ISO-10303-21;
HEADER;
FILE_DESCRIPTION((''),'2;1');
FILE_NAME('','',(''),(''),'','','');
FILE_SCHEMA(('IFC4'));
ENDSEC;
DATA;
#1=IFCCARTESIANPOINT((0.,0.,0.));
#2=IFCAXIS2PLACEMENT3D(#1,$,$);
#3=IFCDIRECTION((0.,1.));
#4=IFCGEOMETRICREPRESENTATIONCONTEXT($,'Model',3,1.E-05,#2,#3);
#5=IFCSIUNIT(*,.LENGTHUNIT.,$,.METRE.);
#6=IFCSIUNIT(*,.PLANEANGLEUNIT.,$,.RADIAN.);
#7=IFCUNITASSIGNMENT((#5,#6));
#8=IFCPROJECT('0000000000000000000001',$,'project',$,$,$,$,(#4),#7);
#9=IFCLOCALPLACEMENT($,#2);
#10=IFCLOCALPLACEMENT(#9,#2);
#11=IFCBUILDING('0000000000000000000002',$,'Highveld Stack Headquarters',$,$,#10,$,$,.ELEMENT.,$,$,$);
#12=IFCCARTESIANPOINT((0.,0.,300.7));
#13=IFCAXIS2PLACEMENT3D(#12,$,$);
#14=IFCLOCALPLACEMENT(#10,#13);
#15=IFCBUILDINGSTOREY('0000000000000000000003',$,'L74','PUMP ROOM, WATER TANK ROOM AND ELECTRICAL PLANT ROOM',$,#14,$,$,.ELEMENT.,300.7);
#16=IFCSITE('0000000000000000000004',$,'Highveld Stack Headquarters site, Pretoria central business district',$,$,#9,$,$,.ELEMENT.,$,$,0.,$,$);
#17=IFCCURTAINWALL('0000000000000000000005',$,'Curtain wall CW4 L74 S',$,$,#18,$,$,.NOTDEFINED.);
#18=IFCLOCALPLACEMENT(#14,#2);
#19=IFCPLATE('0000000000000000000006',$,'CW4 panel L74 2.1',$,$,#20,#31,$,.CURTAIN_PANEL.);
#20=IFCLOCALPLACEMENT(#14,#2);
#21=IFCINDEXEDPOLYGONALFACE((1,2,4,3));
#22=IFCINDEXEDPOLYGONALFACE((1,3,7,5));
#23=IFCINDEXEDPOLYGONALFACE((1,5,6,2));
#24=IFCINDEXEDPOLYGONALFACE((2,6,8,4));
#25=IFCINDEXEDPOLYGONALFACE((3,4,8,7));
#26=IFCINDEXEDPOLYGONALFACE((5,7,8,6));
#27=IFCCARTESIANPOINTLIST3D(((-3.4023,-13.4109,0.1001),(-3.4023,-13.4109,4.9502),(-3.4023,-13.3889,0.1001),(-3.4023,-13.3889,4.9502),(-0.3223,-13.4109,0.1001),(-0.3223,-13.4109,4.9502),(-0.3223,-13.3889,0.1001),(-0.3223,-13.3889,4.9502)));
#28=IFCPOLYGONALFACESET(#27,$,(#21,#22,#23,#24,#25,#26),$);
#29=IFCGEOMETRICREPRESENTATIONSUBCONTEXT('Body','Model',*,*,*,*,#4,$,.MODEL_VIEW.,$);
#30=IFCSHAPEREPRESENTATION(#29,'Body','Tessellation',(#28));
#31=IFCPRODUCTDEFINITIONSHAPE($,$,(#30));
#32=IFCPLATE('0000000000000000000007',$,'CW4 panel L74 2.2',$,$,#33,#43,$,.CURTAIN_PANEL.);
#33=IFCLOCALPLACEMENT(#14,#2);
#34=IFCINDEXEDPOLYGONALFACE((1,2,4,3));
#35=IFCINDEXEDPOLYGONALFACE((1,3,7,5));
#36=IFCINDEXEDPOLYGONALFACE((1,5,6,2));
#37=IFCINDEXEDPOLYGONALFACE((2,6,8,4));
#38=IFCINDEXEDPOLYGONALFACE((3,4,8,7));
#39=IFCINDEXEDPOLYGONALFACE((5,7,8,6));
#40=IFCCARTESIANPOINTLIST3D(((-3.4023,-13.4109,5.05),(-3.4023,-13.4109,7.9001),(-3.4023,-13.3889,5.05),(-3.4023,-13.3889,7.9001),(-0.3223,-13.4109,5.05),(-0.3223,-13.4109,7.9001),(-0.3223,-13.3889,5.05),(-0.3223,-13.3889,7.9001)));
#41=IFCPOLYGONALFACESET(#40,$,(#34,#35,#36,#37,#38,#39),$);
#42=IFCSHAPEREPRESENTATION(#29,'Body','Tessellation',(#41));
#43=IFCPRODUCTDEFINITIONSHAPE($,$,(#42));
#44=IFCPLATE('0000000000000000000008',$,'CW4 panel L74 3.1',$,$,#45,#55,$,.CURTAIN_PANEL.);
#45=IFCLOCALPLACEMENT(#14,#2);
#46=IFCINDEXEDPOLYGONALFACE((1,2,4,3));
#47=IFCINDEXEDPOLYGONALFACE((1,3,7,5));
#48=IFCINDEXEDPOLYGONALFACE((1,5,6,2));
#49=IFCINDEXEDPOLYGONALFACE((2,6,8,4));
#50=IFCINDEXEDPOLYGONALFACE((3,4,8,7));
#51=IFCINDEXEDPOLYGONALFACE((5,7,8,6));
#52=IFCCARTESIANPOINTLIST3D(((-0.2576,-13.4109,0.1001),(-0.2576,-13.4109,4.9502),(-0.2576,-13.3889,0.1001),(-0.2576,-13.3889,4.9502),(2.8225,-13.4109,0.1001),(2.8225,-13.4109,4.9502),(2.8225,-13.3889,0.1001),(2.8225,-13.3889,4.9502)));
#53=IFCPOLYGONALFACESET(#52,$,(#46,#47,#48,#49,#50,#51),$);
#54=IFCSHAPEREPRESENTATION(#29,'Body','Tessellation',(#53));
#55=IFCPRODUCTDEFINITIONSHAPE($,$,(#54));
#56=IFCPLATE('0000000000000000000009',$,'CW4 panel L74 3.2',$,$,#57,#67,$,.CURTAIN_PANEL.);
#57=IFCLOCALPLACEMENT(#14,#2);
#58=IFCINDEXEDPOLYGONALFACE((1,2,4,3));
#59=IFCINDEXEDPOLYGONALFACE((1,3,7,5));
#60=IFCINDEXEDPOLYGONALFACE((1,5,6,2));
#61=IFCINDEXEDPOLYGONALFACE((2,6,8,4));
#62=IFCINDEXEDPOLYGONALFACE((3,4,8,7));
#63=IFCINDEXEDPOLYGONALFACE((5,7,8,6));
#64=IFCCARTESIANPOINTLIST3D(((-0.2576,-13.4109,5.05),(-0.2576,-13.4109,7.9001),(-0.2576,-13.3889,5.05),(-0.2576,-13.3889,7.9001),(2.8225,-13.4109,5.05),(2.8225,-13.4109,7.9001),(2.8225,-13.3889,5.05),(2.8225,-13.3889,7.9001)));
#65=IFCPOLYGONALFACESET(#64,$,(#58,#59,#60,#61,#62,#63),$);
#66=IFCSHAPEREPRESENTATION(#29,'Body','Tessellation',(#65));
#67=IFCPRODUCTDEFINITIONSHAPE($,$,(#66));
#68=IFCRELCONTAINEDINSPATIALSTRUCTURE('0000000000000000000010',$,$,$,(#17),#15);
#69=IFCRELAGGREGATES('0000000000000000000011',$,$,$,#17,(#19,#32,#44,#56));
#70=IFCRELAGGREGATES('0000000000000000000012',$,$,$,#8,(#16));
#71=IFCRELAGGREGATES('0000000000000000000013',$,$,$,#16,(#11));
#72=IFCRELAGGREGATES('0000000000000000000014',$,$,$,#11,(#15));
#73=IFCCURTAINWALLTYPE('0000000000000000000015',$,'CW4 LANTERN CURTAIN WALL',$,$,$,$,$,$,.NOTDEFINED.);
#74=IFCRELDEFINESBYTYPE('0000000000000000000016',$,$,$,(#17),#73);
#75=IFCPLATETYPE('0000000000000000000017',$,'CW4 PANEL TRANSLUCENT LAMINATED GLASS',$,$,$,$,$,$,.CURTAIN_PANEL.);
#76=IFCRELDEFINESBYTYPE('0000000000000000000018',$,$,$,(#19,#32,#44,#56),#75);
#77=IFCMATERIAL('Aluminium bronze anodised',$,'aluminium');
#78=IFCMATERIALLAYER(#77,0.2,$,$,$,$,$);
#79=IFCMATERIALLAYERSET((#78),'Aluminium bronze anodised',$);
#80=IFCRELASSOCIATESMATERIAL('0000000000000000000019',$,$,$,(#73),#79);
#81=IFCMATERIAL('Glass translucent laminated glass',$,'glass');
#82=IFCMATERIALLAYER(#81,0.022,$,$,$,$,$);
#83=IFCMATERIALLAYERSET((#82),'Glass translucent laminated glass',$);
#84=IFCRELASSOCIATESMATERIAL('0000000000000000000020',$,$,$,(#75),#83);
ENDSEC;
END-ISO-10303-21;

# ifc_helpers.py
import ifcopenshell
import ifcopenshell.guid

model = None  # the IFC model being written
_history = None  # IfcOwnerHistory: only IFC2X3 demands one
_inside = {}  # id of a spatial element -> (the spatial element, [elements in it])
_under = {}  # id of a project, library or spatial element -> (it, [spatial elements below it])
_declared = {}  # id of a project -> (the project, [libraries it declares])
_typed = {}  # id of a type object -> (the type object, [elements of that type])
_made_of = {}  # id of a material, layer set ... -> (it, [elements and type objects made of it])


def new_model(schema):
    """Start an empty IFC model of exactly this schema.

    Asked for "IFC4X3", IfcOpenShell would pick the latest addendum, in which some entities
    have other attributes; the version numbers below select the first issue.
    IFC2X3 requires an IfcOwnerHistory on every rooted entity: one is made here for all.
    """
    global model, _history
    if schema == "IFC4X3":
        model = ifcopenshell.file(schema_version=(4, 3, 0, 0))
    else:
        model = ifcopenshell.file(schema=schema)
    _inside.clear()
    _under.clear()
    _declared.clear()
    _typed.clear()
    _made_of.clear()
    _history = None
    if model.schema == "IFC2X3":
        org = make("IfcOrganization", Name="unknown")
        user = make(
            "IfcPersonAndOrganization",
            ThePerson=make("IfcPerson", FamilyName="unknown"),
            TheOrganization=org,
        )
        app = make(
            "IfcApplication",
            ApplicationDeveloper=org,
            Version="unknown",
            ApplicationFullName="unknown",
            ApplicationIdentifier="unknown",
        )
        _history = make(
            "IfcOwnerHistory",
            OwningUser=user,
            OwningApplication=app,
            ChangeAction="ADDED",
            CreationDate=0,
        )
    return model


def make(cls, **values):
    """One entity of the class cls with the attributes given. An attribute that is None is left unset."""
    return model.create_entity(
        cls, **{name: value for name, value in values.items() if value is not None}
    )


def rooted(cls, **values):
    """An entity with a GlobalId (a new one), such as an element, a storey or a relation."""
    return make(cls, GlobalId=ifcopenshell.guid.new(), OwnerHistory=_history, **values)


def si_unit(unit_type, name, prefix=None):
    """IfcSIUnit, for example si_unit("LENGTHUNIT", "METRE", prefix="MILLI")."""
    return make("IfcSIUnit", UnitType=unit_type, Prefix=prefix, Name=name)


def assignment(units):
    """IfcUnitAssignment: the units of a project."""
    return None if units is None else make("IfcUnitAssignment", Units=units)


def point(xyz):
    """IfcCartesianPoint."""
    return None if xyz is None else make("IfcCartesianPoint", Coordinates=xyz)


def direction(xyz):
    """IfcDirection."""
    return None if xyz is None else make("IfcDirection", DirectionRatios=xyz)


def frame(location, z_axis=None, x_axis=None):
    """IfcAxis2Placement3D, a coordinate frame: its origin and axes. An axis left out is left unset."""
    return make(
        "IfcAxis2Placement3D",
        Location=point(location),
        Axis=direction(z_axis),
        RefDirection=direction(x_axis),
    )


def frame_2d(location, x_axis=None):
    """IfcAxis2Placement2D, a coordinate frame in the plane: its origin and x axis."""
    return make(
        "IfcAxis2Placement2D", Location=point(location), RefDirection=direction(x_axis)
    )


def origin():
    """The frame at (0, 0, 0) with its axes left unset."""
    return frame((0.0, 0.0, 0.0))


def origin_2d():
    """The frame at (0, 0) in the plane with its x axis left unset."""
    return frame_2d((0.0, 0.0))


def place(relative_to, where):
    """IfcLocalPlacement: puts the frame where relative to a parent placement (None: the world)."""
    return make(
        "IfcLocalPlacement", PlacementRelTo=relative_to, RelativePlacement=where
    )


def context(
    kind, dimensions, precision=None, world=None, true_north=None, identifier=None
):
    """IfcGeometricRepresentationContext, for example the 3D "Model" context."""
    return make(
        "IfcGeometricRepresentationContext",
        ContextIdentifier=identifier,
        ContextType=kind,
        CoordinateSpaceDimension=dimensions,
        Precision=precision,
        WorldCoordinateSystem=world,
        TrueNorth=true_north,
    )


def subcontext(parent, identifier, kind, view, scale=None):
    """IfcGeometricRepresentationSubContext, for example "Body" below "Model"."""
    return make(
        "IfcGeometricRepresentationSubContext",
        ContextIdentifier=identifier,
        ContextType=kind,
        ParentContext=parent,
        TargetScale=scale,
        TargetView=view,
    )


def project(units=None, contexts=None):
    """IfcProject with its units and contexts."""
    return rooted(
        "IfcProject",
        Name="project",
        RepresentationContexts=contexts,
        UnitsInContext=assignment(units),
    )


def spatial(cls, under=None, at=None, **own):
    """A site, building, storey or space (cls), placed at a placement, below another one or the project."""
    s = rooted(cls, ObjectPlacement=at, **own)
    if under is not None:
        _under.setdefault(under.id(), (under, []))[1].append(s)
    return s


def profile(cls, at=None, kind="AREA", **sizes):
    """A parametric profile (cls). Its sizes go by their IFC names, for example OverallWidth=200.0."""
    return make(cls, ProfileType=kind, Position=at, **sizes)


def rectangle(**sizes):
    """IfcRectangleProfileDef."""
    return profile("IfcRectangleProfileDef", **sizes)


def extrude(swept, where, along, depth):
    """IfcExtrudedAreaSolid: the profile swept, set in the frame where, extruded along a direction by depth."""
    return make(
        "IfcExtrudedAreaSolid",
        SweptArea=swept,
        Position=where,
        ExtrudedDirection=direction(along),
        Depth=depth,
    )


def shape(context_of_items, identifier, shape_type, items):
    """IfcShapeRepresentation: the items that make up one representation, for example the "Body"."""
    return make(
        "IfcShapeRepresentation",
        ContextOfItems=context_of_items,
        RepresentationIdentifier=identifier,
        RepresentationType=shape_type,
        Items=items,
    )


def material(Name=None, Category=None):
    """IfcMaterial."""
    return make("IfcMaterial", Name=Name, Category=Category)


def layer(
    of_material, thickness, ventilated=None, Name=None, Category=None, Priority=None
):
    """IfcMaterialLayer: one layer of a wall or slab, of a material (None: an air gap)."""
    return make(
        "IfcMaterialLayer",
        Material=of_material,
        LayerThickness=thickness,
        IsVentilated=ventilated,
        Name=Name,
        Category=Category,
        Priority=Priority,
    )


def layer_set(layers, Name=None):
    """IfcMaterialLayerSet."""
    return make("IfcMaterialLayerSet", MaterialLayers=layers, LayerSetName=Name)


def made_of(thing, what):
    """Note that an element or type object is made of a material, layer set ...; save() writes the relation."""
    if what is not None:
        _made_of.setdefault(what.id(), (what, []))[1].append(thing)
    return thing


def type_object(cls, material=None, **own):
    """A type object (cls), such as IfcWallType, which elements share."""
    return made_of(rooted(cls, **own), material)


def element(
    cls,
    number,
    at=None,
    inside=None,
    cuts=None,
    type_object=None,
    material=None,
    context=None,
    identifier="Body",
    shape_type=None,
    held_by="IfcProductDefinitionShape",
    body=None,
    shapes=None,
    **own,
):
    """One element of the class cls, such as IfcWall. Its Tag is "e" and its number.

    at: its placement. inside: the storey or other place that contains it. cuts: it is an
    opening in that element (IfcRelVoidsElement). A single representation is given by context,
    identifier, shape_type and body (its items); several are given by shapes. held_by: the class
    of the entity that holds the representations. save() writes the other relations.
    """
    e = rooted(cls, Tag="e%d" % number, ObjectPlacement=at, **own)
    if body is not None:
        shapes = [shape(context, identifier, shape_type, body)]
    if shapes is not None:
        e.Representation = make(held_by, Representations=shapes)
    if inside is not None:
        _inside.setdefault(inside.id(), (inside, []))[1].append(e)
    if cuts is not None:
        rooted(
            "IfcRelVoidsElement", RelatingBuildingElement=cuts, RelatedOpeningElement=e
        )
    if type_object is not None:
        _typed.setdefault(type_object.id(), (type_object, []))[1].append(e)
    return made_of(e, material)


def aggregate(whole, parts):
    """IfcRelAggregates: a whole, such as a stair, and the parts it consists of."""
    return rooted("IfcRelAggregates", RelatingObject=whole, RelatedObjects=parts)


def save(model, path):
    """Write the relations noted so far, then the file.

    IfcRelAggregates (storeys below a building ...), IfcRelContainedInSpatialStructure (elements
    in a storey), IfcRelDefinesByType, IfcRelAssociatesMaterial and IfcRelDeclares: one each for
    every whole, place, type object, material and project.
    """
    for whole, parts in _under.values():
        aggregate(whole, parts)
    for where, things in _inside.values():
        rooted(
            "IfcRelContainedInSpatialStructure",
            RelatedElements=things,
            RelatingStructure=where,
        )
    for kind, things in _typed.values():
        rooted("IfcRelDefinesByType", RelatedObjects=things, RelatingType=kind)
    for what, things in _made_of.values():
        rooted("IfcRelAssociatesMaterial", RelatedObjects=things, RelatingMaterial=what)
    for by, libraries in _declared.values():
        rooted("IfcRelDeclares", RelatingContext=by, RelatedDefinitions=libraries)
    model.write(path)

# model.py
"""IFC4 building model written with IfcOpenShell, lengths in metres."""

from ifc_helpers import new_model, si_unit, direction, frame, origin, origin_2d, place, context, subcontext, project, spatial, rectangle, extrude, material, layer, layer_set, type_object, element, aggregate, save


model = new_model("IFC4")

# Units and contexts
model_context = context("Model", 3, precision=1e-05, world=origin(), true_north=direction((0.0, 1.0)))
body_context = subcontext(model_context, "Body", "Model", "MODEL_VIEW")
ifc_project = project(units=[si_unit("LENGTHUNIT", "METRE"), si_unit("PLANEANGLEUNIT", "RADIAN")], contexts=[model_context])

# Site, building, storey
site_placement = place(None, origin())
site = spatial("IfcSite", under=ifc_project, at=site_placement, Name="Highveld Stack Headquarters site, Pretoria central business district", CompositionType="ELEMENT", RefElevation=0.0)
building_placement = place(site_placement, origin())
building = spatial("IfcBuilding", under=site, at=building_placement, Name="Highveld Stack Headquarters", CompositionType="ELEMENT")
storey_placement = place(building_placement, frame((0.0, 0.0, 300.7)))
storey = spatial("IfcBuildingStorey", under=building, at=storey_placement, Name="L74", Description="PUMP ROOM, WATER TANK ROOM AND ELECTRICAL PLANT ROOM", CompositionType="ELEMENT", Elevation=300.7)

# Curtain wall, plates
ifc_material_1 = material(Name="Aluminium bronze anodised", Category="aluminium")
ifc_layer_1 = layer(ifc_material_1, 0.2)
ifc_layer_set_1 = layer_set([ifc_layer_1], Name="Aluminium bronze anodised")
curtain_wall_type = type_object("IfcCurtainWallType", Name="CW4 LANTERN CURTAIN WALL", PredefinedType="NOTDEFINED", material=ifc_layer_set_1)
curtain_wall_placement = place(storey_placement, origin())
curtain_wall = element("IfcCurtainWall", 1, at=curtain_wall_placement, inside=storey, type_object=curtain_wall_type, Name="Curtain wall CW4 L74 S", PredefinedType="NOTDEFINED")
ifc_material_2 = material(Name="Glass translucent laminated glass", Category="glass")
ifc_layer_2 = layer(ifc_material_2, 0.022)
ifc_layer_set_2 = layer_set([ifc_layer_2], Name="Glass translucent laminated glass")
plate_type = type_object("IfcPlateType", Name="CW4 PANEL TRANSLUCENT LAMINATED GLASS", PredefinedType="CURTAIN_PANEL", material=ifc_layer_set_2)
plate_1_placement = place(storey_placement, frame((-1.8623, -13.3999, 0.1001), z_axis=(0.0, 0.0, 1.0), x_axis=(1.0, 0.0, 0.0)))
plate_1 = element("IfcPlate", 2, at=plate_1_placement, type_object=plate_type, Name="CW4 panel L74 2.1", PredefinedType="CURTAIN_PANEL", context=body_context, shape_type="SweptSolid", body=[
    extrude(rectangle(XDim=3.0801, YDim=0.022, at=origin_2d()), origin(), (0.0, 0.0, 1.0), 4.8501),
])
plate_2_placement = place(storey_placement, frame((-1.8623, -13.3999, 5.05), z_axis=(0.0, 0.0, 1.0), x_axis=(1.0, 0.0, 0.0)))
plate_2 = element("IfcPlate", 3, at=plate_2_placement, type_object=plate_type, Name="CW4 panel L74 2.2", PredefinedType="CURTAIN_PANEL", context=body_context, shape_type="SweptSolid", body=[
    extrude(rectangle(XDim=3.0801, YDim=0.022, at=origin_2d()), origin(), (0.0, 0.0, 1.0), 2.8501),
])
plate_3_placement = place(storey_placement, frame((1.2825, -13.3999, 0.1001), z_axis=(0.0, 0.0, 1.0), x_axis=(1.0, 0.0, 0.0)))
plate_3 = element("IfcPlate", 4, at=plate_3_placement, type_object=plate_type, Name="CW4 panel L74 3.1", PredefinedType="CURTAIN_PANEL", context=body_context, shape_type="SweptSolid", body=[
    extrude(rectangle(XDim=3.0801, YDim=0.022, at=origin_2d()), origin(), (0.0, 0.0, 1.0), 4.8501),
])
plate_4_placement = place(storey_placement, frame((1.2825, -13.3999, 5.05), z_axis=(0.0, 0.0, 1.0), x_axis=(1.0, 0.0, 0.0)))
plate_4 = element("IfcPlate", 5, at=plate_4_placement, type_object=plate_type, Name="CW4 panel L74 3.2", PredefinedType="CURTAIN_PANEL", context=body_context, shape_type="SweptSolid", body=[
    extrude(rectangle(XDim=3.0801, YDim=0.022, at=origin_2d()), origin(), (0.0, 0.0, 1.0), 2.8501),
])
aggregate(curtain_wall, [plate_1, plate_2, plate_3, plate_4])

save(model, "model.ifc")
